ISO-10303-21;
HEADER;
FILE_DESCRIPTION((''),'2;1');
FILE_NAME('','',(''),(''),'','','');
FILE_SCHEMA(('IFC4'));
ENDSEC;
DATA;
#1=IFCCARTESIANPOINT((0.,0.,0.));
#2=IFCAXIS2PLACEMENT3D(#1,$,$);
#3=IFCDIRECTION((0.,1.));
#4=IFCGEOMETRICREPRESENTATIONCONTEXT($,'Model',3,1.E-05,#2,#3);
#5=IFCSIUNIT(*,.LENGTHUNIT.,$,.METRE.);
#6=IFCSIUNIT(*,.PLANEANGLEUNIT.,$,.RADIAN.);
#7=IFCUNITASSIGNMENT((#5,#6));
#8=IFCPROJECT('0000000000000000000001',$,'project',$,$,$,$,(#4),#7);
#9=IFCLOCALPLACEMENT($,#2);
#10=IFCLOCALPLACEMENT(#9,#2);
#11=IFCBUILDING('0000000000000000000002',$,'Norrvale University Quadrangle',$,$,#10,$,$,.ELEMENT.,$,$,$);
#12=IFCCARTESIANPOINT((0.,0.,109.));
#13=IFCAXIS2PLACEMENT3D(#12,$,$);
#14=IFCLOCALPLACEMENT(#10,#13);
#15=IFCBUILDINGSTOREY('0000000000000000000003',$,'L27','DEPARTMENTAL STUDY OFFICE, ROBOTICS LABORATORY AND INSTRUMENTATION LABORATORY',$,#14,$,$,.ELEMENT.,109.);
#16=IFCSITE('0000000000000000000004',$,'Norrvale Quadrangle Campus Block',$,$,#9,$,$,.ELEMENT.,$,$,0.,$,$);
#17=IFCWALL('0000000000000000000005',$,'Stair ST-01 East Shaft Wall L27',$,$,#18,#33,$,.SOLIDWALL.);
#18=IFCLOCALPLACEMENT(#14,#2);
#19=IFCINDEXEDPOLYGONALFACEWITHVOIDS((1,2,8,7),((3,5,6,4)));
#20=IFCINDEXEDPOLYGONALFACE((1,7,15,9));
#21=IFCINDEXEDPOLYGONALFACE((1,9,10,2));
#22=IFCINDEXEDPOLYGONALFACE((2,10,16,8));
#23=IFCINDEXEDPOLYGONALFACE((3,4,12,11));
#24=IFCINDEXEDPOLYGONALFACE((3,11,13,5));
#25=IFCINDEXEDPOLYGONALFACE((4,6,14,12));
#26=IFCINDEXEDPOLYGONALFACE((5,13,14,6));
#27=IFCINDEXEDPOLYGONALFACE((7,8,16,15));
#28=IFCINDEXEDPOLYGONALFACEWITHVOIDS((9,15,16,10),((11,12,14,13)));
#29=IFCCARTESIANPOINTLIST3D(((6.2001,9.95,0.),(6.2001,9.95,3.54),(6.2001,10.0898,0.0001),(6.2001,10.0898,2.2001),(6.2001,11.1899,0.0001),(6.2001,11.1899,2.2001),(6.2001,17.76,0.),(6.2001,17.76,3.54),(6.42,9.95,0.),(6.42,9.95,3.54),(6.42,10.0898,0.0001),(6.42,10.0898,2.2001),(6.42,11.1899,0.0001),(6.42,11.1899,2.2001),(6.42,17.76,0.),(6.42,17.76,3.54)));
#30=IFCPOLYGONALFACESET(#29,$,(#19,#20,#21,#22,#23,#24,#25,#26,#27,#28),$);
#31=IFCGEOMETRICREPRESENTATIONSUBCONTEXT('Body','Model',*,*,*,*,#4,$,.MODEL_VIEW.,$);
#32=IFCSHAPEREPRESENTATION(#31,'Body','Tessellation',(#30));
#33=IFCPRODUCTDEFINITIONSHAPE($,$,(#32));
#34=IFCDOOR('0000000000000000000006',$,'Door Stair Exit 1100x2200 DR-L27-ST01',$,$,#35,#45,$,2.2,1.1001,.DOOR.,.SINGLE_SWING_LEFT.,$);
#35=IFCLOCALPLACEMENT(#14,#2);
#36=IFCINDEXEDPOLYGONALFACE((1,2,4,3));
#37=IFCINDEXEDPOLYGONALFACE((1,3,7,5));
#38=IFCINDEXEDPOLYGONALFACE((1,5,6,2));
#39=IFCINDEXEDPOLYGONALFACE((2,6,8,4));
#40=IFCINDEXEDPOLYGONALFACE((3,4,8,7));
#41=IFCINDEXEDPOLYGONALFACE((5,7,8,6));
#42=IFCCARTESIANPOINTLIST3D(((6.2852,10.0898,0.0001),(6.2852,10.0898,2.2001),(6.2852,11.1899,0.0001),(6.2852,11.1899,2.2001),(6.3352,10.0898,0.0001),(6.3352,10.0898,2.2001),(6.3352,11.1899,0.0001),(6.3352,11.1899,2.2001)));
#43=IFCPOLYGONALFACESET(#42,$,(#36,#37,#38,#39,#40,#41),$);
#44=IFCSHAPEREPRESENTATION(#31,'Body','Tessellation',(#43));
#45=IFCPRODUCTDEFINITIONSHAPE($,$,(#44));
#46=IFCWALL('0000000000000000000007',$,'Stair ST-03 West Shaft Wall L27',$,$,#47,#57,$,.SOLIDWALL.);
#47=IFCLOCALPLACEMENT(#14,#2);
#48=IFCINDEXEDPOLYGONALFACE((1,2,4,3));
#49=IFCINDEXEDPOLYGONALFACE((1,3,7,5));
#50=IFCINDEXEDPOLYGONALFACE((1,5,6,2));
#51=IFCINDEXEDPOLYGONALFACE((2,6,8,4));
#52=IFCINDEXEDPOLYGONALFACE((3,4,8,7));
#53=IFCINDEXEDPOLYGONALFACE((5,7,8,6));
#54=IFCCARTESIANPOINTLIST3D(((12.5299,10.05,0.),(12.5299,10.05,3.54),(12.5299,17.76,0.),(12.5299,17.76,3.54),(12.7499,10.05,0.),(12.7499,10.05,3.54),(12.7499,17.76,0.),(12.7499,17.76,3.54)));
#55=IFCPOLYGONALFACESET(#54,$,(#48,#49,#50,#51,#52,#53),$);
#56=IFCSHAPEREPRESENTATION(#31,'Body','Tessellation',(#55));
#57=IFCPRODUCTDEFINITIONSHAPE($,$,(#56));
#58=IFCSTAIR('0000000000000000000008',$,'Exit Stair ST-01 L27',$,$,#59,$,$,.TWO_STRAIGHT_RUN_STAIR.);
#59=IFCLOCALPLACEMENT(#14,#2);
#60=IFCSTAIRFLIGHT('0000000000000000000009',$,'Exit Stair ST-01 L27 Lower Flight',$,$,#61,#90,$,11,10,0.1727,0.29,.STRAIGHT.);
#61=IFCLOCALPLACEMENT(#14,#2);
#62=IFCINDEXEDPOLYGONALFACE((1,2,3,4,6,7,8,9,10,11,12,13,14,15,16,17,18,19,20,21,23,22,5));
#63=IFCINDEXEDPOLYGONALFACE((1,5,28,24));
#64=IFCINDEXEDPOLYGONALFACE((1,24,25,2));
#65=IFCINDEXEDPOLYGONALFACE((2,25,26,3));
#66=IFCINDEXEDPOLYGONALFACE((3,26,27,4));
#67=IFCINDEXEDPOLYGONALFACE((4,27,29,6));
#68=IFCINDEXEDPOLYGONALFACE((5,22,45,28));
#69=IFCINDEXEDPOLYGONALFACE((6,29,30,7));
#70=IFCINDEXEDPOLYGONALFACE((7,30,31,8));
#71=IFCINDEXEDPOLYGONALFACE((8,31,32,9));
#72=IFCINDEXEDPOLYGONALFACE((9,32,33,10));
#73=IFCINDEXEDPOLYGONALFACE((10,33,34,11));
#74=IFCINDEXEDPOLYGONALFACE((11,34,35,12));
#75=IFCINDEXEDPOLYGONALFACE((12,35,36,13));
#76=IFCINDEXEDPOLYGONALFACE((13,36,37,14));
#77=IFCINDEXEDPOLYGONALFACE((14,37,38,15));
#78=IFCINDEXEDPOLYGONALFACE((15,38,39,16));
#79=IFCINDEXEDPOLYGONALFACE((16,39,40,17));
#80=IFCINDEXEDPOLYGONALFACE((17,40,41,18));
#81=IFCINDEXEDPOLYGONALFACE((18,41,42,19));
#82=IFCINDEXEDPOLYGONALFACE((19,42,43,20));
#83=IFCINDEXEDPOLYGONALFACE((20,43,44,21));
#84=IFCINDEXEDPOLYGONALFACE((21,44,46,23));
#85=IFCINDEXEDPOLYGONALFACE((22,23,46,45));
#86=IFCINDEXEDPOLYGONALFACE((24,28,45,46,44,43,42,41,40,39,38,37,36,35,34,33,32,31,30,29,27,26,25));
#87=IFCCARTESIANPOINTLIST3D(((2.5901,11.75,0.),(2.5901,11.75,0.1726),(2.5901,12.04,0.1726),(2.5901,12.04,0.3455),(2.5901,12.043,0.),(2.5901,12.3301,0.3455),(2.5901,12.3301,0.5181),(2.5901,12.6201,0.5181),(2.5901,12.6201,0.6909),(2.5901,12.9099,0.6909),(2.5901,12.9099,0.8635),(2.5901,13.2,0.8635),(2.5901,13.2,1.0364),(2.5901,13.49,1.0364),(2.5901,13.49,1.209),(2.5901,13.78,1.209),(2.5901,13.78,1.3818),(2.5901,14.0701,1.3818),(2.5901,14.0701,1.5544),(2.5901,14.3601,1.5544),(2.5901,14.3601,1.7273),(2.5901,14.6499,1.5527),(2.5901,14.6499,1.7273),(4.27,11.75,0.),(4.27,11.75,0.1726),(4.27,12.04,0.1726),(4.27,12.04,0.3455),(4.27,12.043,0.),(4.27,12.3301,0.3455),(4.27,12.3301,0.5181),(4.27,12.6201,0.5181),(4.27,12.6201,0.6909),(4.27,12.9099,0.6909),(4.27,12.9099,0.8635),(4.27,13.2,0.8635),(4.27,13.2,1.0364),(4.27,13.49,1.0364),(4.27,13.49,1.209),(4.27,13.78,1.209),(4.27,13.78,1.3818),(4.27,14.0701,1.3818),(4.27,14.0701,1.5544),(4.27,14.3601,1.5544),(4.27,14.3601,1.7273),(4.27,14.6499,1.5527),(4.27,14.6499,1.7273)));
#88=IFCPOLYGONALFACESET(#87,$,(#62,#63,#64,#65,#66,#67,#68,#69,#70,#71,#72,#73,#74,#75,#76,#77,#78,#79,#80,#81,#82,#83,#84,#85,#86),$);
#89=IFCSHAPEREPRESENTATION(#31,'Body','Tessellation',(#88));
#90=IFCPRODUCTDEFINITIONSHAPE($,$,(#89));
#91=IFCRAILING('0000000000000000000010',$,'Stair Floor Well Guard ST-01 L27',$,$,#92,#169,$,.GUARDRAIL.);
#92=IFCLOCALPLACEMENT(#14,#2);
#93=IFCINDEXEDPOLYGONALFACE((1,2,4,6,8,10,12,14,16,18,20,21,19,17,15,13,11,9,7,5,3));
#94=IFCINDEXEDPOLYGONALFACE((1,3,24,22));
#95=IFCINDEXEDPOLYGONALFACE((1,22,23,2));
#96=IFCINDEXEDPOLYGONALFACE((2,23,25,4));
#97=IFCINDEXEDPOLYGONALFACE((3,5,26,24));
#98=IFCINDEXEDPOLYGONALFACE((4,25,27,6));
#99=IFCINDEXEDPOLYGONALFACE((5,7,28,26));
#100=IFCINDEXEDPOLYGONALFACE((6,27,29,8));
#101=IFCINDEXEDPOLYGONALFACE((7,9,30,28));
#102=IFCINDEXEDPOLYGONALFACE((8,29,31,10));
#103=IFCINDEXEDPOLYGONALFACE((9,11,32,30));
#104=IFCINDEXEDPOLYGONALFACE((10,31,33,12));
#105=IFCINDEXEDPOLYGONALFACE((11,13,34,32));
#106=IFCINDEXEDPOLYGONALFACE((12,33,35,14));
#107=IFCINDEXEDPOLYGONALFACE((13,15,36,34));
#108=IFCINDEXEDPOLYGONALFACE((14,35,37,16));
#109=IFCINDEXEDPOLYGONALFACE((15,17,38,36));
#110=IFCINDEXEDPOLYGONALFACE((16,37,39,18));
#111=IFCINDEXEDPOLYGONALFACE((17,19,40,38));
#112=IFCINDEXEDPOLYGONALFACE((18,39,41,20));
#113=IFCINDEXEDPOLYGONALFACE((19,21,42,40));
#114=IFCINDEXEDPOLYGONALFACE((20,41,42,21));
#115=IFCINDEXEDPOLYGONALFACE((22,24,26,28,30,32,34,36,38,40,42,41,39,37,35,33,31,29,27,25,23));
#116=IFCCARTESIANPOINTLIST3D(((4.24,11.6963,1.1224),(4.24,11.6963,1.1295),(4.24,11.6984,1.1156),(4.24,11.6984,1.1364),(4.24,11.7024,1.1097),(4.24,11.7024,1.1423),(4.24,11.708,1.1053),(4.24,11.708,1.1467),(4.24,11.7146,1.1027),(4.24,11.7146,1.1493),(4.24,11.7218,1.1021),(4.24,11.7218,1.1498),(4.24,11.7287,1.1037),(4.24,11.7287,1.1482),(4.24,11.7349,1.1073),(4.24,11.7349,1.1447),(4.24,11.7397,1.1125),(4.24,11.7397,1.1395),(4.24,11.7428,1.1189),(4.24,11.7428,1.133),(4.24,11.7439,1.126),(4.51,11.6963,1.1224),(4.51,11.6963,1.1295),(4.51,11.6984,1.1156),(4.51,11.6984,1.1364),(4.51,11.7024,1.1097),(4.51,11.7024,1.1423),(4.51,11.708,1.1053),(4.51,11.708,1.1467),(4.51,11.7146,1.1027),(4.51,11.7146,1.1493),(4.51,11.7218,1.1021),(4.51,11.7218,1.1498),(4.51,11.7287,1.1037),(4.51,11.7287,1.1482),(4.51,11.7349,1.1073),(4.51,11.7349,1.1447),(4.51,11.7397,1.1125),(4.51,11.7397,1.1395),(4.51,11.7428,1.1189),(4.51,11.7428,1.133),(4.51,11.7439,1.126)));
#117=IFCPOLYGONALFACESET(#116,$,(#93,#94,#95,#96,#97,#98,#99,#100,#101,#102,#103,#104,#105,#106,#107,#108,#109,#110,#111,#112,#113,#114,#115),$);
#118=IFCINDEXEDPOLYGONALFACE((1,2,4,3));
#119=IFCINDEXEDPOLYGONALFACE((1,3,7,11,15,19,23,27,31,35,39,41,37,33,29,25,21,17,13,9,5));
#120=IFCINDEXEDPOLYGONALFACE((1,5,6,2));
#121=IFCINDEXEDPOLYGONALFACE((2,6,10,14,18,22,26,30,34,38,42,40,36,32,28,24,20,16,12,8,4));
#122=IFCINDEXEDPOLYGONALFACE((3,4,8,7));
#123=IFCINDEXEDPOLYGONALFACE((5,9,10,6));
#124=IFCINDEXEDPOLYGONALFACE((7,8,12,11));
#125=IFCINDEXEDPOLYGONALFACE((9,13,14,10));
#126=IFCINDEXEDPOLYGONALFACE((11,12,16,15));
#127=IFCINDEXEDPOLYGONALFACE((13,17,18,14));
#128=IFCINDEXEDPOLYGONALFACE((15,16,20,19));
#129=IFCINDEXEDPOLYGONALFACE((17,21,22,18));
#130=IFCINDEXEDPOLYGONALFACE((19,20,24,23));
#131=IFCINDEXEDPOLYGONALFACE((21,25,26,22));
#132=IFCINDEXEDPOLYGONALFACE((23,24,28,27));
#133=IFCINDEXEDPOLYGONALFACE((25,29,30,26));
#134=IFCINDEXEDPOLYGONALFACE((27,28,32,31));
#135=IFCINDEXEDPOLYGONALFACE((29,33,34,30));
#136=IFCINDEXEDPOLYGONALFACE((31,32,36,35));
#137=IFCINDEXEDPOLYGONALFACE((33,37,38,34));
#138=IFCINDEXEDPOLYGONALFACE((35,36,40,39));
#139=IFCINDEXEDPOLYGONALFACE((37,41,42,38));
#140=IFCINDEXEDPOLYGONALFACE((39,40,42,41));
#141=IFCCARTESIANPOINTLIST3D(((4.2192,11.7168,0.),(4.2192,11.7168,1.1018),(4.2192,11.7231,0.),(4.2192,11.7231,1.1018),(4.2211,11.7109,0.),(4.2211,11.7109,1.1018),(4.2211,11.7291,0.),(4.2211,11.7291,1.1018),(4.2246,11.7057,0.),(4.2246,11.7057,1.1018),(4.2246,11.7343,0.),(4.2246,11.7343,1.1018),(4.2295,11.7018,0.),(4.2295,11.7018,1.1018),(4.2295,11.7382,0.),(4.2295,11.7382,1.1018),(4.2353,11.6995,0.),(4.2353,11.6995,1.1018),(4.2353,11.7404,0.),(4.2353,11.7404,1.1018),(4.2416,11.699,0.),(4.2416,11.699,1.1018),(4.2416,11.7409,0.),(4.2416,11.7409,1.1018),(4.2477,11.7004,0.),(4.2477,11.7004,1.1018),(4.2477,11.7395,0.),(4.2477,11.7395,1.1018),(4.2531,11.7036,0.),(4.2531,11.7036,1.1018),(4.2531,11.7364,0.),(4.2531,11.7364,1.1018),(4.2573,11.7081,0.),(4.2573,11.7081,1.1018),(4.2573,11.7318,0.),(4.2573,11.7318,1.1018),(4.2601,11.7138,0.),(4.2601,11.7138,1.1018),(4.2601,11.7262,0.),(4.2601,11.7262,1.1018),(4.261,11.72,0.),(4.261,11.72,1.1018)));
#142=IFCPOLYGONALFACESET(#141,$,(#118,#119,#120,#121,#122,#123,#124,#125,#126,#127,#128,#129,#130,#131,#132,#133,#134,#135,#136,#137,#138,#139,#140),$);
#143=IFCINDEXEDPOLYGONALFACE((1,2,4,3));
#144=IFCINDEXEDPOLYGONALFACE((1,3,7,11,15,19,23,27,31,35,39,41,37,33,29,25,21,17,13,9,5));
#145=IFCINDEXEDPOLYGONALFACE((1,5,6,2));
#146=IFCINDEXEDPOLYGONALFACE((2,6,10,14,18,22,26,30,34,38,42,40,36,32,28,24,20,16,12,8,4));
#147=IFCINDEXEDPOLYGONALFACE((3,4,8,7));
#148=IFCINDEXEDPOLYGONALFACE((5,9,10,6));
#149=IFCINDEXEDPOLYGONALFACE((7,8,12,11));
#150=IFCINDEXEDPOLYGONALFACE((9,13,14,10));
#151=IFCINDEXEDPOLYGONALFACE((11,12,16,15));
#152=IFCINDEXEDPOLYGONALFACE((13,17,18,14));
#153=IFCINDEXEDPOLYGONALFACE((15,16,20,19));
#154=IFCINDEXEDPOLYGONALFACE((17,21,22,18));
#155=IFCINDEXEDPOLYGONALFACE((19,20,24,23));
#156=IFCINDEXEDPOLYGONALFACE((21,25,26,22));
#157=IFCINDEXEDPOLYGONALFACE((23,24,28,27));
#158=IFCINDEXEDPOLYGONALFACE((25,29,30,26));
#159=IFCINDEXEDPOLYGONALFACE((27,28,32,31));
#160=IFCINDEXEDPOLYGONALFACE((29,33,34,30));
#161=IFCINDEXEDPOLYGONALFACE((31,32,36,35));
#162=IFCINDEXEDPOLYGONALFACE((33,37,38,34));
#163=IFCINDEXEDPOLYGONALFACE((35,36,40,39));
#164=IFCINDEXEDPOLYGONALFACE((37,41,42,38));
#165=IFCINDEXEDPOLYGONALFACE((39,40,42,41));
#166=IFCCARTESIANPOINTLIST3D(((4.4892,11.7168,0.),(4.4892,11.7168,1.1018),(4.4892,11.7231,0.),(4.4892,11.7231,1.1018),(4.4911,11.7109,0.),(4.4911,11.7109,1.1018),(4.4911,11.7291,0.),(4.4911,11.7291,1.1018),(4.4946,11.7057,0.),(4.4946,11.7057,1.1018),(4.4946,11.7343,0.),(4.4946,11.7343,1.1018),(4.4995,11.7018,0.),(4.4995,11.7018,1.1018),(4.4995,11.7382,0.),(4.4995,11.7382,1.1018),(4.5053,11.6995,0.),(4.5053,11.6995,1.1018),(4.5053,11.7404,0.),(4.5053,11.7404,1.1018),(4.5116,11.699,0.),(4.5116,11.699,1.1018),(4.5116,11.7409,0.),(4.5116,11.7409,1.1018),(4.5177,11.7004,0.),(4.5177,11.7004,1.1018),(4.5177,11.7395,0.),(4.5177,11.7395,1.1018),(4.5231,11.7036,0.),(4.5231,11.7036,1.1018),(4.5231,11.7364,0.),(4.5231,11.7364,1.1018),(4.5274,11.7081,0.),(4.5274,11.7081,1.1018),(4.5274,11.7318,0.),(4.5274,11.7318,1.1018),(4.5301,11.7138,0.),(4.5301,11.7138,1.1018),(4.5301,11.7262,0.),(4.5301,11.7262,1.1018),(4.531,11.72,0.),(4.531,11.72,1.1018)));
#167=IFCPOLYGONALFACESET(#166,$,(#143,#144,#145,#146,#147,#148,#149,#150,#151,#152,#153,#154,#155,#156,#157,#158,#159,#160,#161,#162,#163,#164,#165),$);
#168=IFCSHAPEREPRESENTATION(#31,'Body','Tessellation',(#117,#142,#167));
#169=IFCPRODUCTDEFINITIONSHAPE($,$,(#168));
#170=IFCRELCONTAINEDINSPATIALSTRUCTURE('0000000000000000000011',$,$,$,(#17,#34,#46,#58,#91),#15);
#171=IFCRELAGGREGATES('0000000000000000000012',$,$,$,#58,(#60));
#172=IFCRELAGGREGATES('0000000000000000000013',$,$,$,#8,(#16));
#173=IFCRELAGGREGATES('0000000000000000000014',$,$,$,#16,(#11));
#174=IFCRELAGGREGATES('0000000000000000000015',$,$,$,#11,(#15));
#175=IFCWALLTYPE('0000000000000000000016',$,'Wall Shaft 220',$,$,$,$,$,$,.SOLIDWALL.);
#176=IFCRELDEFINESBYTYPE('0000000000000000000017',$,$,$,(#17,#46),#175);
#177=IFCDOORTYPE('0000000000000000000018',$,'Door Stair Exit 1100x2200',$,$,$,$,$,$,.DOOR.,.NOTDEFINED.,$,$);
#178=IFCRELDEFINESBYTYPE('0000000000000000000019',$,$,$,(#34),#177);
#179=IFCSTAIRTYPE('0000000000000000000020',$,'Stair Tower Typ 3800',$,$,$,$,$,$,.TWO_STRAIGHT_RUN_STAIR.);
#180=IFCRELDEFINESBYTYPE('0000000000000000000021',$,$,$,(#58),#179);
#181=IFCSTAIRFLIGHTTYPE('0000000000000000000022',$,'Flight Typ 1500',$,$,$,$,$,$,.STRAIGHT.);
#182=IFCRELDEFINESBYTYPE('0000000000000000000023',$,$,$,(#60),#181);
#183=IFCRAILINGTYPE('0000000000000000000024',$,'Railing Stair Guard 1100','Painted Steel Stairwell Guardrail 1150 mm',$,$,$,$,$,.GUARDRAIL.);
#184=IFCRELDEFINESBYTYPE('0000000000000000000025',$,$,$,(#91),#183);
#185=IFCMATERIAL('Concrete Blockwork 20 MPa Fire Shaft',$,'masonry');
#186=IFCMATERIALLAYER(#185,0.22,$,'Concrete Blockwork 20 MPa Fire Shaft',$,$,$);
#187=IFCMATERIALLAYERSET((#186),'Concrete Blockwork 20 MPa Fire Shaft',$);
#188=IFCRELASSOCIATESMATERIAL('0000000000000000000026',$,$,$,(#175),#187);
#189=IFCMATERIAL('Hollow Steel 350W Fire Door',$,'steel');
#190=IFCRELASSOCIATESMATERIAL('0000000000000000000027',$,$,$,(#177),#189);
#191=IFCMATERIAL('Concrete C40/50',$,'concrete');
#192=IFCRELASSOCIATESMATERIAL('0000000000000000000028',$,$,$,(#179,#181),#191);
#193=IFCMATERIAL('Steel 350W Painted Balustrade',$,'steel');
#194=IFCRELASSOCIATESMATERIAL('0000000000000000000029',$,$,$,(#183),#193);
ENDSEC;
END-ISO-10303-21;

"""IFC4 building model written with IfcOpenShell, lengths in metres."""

from ifc_helpers import new_model, si_unit, direction, frame, frame_2d, origin, origin_2d, place, context, subcontext, project, spatial, polyline, rectangle, circle, outline, extrude, material, layer, layer_set, type_object, element, fill, aggregate, save


model = new_model("IFC4")

# Units and contexts
model_context = context("Model", 3, precision=1e-05, world=origin(), true_north=direction((0.0, 1.0)))
body_context = subcontext(model_context, "Body", "Model", "MODEL_VIEW")
ifc_project = project(units=[si_unit("LENGTHUNIT", "METRE"), si_unit("PLANEANGLEUNIT", "RADIAN")], contexts=[model_context])

# Site, building, storey
site_placement = place(None, origin())
site = spatial("IfcSite", under=ifc_project, at=site_placement, Name="Norrvale Quadrangle Campus Block", CompositionType="ELEMENT", RefElevation=0.0)
building_placement = place(site_placement, origin())
building = spatial("IfcBuilding", under=site, at=building_placement, Name="Norrvale University Quadrangle", CompositionType="ELEMENT")
storey_placement = place(building_placement, frame((0.0, 0.0, 109.0)))
storey = spatial("IfcBuildingStorey", under=building, at=storey_placement, Name="L27", Description="DEPARTMENTAL STUDY OFFICE, ROBOTICS LABORATORY AND INSTRUMENTATION LABORATORY", CompositionType="ELEMENT", Elevation=109.0)

# Wall, opening, door
ifc_material_1 = material(Name="Concrete Blockwork 20 MPa Fire Shaft", Category="masonry")
ifc_layer_1 = layer(ifc_material_1, 0.22, Name="Concrete Blockwork 20 MPa Fire Shaft")
ifc_layer_set_1 = layer_set([ifc_layer_1], Name="Concrete Blockwork 20 MPa Fire Shaft")
wall_type_1 = type_object("IfcWallType", Name="Wall Shaft 220", PredefinedType="SOLIDWALL", material=ifc_layer_set_1)
wall_1_placement = place(storey_placement, frame((6.3101, 9.95, 0.0), z_axis=(0.0, 0.0, 1.0), x_axis=(0.0, 1.0, 0.0)))
wall_1 = element("IfcWall", 1, at=wall_1_placement, inside=storey, type_object=wall_type_1, Name="Stair ST-01 East Shaft Wall L27", PredefinedType="SOLIDWALL", context=body_context, shape_type="SweptSolid", body=[
    extrude(rectangle(XDim=7.8101, YDim=0.22, at=frame_2d((3.905, 0.0))), origin(), (0.0, 0.0, 1.0), 3.54),
])
opening_placement = place(wall_1_placement, frame((0.1399, 0.0, 0.0)))
opening = element("IfcOpeningElement", 2, at=opening_placement, cuts=wall_1, PredefinedType="OPENING", context=body_context, shape_type="SweptSolid", body=[
    extrude(rectangle(XDim=1.1001, YDim=2.2, at=frame_2d((0.55, 1.1001))), frame((0.0, 0.1221, 0.0), z_axis=(0.0, -1.0, 0.0), x_axis=(1.0, 0.0, 0.0)), (0.0, 0.0, 1.0), 0.2439),
])
ifc_material_2 = material(Name="Hollow Steel 350W Fire Door", Category="steel")
door_type = type_object("IfcDoorType", Name="Door Stair Exit 1100x2200", OperationType="NOTDEFINED", PredefinedType="DOOR", material=ifc_material_2)
door_placement = place(opening_placement, origin())
door = element("IfcDoor", 3, at=door_placement, inside=storey, type_object=door_type, Name="Door Stair Exit 1100x2200 DR-L27-ST01", OperationType="SINGLE_SWING_LEFT", OverallHeight=2.2, OverallWidth=1.1001, PredefinedType="DOOR", context=body_context, shape_type="SweptSolid", body=[
    extrude(rectangle(XDim=1.1001, YDim=2.2, at=frame_2d((0.55, 1.1001))), frame((0.0, 0.0249, 0.0), z_axis=(0.0, -1.0, 0.0), x_axis=(1.0, 0.0, 0.0)), (0.0, 0.0, 1.0), 0.05),
])
fill(opening, door)

# Wall
wall_2_placement = place(storey_placement, frame((12.6399, 10.05, 0.0), z_axis=(0.0, 0.0, 1.0), x_axis=(0.0, 1.0, 0.0)))
element("IfcWall", 4, at=wall_2_placement, inside=storey, type_object=wall_type_1, Name="Stair ST-03 West Shaft Wall L27", PredefinedType="SOLIDWALL", context=body_context, shape_type="SweptSolid", body=[
    extrude(rectangle(XDim=7.71, YDim=0.22, at=frame_2d((3.855, 0.0))), origin(), (0.0, 0.0, 1.0), 3.54),
])

# Stair, stair flight
ifc_material_3 = material(Name="Concrete C40/50", Category="concrete")
stair_type = type_object("IfcStairType", Name="Stair Tower Typ 3800", PredefinedType="TWO_STRAIGHT_RUN_STAIR", material=ifc_material_3)
stair_placement = place(storey_placement, origin())
stair = element("IfcStair", 5, at=stair_placement, inside=storey, type_object=stair_type, Name="Exit Stair ST-01 L27", PredefinedType="TWO_STRAIGHT_RUN_STAIR")
stair_flight_type = type_object("IfcStairFlightType", Name="Flight Typ 1500", PredefinedType="STRAIGHT", material=ifc_material_3)
stair_flight_placement = place(storey_placement, frame((3.4299, 11.75, 0.0), z_axis=(0.0, 0.0, 1.0), x_axis=(0.0, 1.0, 0.0)))
stair_flight = element("IfcStairFlight", 6, at=stair_flight_placement, type_object=stair_flight_type, Name="Exit Stair ST-01 L27 Lower Flight", NumberOfRisers=11, NumberOfTreads=10, PredefinedType="STRAIGHT", RiserHeight=0.1727, TreadLength=0.29, context=body_context, shape_type="SweptSolid", body=[
    extrude(outline(polyline([(0.0, 0.0), (0.0, 0.1726), (0.29, 0.1726), (0.29, 0.3455), (0.5801, 0.3455), (0.5801, 0.5181), (0.8701, 0.5181), (0.8701, 0.6909), (1.1599, 0.6909), (1.1599, 0.8635), (1.45, 0.8635), (1.45, 1.0364), (1.74, 1.0364), (1.74, 1.209), (2.03, 1.209), (2.03, 1.3818), (2.3201, 1.3818), (2.3201, 1.5544), (2.6101, 1.5544), (2.6101, 1.7273), (2.8999, 1.7273), (2.8999, 1.8999), (2.8999, 1.5527), (0.293, 0.0), (0.0, 0.0)])), frame((0.0, 0.8398, 0.0), z_axis=(0.0, -1.0, 0.0), x_axis=(1.0, 0.0, 0.0)), (0.0, 0.0, 1.0), 1.6799),
])
aggregate(stair, [stair_flight])

# Railing
ifc_material_4 = material(Name="Steel 350W Painted Balustrade", Category="steel")
railing_type = type_object("IfcRailingType", Name="Railing Stair Guard 1100", Description="Painted Steel Stairwell Guardrail 1150 mm", PredefinedType="GUARDRAIL", material=ifc_material_4)
for number, where, name in (
    (7, (4.24, 11.72, 0.0), "Stair Floor Well Guard ST-01 L27"),
):
    element("IfcRailing", number, at=place(storey_placement, frame(where)), inside=storey, type_object=railing_type, Name=name, PredefinedType="GUARDRAIL", context=body_context, shape_type="SweptSolid", body=[
        extrude(circle(Radius=0.0239, at=origin_2d()), frame((0.0, 0.0, 1.126), z_axis=(1.0, 0.0, 0.0), x_axis=(0.0, 1.0, 0.0)), (0.0, 0.0, 1.0), 0.27),
        extrude(circle(Radius=0.021, at=origin_2d()), origin(), (0.0, 0.0, 1.0), 1.1018),
        extrude(circle(Radius=0.021, at=origin_2d()), frame((0.27, 0.0, 0.0)), (0.0, 0.0, 1.0), 1.1018),
    ])

save(model, "model.ifc")
